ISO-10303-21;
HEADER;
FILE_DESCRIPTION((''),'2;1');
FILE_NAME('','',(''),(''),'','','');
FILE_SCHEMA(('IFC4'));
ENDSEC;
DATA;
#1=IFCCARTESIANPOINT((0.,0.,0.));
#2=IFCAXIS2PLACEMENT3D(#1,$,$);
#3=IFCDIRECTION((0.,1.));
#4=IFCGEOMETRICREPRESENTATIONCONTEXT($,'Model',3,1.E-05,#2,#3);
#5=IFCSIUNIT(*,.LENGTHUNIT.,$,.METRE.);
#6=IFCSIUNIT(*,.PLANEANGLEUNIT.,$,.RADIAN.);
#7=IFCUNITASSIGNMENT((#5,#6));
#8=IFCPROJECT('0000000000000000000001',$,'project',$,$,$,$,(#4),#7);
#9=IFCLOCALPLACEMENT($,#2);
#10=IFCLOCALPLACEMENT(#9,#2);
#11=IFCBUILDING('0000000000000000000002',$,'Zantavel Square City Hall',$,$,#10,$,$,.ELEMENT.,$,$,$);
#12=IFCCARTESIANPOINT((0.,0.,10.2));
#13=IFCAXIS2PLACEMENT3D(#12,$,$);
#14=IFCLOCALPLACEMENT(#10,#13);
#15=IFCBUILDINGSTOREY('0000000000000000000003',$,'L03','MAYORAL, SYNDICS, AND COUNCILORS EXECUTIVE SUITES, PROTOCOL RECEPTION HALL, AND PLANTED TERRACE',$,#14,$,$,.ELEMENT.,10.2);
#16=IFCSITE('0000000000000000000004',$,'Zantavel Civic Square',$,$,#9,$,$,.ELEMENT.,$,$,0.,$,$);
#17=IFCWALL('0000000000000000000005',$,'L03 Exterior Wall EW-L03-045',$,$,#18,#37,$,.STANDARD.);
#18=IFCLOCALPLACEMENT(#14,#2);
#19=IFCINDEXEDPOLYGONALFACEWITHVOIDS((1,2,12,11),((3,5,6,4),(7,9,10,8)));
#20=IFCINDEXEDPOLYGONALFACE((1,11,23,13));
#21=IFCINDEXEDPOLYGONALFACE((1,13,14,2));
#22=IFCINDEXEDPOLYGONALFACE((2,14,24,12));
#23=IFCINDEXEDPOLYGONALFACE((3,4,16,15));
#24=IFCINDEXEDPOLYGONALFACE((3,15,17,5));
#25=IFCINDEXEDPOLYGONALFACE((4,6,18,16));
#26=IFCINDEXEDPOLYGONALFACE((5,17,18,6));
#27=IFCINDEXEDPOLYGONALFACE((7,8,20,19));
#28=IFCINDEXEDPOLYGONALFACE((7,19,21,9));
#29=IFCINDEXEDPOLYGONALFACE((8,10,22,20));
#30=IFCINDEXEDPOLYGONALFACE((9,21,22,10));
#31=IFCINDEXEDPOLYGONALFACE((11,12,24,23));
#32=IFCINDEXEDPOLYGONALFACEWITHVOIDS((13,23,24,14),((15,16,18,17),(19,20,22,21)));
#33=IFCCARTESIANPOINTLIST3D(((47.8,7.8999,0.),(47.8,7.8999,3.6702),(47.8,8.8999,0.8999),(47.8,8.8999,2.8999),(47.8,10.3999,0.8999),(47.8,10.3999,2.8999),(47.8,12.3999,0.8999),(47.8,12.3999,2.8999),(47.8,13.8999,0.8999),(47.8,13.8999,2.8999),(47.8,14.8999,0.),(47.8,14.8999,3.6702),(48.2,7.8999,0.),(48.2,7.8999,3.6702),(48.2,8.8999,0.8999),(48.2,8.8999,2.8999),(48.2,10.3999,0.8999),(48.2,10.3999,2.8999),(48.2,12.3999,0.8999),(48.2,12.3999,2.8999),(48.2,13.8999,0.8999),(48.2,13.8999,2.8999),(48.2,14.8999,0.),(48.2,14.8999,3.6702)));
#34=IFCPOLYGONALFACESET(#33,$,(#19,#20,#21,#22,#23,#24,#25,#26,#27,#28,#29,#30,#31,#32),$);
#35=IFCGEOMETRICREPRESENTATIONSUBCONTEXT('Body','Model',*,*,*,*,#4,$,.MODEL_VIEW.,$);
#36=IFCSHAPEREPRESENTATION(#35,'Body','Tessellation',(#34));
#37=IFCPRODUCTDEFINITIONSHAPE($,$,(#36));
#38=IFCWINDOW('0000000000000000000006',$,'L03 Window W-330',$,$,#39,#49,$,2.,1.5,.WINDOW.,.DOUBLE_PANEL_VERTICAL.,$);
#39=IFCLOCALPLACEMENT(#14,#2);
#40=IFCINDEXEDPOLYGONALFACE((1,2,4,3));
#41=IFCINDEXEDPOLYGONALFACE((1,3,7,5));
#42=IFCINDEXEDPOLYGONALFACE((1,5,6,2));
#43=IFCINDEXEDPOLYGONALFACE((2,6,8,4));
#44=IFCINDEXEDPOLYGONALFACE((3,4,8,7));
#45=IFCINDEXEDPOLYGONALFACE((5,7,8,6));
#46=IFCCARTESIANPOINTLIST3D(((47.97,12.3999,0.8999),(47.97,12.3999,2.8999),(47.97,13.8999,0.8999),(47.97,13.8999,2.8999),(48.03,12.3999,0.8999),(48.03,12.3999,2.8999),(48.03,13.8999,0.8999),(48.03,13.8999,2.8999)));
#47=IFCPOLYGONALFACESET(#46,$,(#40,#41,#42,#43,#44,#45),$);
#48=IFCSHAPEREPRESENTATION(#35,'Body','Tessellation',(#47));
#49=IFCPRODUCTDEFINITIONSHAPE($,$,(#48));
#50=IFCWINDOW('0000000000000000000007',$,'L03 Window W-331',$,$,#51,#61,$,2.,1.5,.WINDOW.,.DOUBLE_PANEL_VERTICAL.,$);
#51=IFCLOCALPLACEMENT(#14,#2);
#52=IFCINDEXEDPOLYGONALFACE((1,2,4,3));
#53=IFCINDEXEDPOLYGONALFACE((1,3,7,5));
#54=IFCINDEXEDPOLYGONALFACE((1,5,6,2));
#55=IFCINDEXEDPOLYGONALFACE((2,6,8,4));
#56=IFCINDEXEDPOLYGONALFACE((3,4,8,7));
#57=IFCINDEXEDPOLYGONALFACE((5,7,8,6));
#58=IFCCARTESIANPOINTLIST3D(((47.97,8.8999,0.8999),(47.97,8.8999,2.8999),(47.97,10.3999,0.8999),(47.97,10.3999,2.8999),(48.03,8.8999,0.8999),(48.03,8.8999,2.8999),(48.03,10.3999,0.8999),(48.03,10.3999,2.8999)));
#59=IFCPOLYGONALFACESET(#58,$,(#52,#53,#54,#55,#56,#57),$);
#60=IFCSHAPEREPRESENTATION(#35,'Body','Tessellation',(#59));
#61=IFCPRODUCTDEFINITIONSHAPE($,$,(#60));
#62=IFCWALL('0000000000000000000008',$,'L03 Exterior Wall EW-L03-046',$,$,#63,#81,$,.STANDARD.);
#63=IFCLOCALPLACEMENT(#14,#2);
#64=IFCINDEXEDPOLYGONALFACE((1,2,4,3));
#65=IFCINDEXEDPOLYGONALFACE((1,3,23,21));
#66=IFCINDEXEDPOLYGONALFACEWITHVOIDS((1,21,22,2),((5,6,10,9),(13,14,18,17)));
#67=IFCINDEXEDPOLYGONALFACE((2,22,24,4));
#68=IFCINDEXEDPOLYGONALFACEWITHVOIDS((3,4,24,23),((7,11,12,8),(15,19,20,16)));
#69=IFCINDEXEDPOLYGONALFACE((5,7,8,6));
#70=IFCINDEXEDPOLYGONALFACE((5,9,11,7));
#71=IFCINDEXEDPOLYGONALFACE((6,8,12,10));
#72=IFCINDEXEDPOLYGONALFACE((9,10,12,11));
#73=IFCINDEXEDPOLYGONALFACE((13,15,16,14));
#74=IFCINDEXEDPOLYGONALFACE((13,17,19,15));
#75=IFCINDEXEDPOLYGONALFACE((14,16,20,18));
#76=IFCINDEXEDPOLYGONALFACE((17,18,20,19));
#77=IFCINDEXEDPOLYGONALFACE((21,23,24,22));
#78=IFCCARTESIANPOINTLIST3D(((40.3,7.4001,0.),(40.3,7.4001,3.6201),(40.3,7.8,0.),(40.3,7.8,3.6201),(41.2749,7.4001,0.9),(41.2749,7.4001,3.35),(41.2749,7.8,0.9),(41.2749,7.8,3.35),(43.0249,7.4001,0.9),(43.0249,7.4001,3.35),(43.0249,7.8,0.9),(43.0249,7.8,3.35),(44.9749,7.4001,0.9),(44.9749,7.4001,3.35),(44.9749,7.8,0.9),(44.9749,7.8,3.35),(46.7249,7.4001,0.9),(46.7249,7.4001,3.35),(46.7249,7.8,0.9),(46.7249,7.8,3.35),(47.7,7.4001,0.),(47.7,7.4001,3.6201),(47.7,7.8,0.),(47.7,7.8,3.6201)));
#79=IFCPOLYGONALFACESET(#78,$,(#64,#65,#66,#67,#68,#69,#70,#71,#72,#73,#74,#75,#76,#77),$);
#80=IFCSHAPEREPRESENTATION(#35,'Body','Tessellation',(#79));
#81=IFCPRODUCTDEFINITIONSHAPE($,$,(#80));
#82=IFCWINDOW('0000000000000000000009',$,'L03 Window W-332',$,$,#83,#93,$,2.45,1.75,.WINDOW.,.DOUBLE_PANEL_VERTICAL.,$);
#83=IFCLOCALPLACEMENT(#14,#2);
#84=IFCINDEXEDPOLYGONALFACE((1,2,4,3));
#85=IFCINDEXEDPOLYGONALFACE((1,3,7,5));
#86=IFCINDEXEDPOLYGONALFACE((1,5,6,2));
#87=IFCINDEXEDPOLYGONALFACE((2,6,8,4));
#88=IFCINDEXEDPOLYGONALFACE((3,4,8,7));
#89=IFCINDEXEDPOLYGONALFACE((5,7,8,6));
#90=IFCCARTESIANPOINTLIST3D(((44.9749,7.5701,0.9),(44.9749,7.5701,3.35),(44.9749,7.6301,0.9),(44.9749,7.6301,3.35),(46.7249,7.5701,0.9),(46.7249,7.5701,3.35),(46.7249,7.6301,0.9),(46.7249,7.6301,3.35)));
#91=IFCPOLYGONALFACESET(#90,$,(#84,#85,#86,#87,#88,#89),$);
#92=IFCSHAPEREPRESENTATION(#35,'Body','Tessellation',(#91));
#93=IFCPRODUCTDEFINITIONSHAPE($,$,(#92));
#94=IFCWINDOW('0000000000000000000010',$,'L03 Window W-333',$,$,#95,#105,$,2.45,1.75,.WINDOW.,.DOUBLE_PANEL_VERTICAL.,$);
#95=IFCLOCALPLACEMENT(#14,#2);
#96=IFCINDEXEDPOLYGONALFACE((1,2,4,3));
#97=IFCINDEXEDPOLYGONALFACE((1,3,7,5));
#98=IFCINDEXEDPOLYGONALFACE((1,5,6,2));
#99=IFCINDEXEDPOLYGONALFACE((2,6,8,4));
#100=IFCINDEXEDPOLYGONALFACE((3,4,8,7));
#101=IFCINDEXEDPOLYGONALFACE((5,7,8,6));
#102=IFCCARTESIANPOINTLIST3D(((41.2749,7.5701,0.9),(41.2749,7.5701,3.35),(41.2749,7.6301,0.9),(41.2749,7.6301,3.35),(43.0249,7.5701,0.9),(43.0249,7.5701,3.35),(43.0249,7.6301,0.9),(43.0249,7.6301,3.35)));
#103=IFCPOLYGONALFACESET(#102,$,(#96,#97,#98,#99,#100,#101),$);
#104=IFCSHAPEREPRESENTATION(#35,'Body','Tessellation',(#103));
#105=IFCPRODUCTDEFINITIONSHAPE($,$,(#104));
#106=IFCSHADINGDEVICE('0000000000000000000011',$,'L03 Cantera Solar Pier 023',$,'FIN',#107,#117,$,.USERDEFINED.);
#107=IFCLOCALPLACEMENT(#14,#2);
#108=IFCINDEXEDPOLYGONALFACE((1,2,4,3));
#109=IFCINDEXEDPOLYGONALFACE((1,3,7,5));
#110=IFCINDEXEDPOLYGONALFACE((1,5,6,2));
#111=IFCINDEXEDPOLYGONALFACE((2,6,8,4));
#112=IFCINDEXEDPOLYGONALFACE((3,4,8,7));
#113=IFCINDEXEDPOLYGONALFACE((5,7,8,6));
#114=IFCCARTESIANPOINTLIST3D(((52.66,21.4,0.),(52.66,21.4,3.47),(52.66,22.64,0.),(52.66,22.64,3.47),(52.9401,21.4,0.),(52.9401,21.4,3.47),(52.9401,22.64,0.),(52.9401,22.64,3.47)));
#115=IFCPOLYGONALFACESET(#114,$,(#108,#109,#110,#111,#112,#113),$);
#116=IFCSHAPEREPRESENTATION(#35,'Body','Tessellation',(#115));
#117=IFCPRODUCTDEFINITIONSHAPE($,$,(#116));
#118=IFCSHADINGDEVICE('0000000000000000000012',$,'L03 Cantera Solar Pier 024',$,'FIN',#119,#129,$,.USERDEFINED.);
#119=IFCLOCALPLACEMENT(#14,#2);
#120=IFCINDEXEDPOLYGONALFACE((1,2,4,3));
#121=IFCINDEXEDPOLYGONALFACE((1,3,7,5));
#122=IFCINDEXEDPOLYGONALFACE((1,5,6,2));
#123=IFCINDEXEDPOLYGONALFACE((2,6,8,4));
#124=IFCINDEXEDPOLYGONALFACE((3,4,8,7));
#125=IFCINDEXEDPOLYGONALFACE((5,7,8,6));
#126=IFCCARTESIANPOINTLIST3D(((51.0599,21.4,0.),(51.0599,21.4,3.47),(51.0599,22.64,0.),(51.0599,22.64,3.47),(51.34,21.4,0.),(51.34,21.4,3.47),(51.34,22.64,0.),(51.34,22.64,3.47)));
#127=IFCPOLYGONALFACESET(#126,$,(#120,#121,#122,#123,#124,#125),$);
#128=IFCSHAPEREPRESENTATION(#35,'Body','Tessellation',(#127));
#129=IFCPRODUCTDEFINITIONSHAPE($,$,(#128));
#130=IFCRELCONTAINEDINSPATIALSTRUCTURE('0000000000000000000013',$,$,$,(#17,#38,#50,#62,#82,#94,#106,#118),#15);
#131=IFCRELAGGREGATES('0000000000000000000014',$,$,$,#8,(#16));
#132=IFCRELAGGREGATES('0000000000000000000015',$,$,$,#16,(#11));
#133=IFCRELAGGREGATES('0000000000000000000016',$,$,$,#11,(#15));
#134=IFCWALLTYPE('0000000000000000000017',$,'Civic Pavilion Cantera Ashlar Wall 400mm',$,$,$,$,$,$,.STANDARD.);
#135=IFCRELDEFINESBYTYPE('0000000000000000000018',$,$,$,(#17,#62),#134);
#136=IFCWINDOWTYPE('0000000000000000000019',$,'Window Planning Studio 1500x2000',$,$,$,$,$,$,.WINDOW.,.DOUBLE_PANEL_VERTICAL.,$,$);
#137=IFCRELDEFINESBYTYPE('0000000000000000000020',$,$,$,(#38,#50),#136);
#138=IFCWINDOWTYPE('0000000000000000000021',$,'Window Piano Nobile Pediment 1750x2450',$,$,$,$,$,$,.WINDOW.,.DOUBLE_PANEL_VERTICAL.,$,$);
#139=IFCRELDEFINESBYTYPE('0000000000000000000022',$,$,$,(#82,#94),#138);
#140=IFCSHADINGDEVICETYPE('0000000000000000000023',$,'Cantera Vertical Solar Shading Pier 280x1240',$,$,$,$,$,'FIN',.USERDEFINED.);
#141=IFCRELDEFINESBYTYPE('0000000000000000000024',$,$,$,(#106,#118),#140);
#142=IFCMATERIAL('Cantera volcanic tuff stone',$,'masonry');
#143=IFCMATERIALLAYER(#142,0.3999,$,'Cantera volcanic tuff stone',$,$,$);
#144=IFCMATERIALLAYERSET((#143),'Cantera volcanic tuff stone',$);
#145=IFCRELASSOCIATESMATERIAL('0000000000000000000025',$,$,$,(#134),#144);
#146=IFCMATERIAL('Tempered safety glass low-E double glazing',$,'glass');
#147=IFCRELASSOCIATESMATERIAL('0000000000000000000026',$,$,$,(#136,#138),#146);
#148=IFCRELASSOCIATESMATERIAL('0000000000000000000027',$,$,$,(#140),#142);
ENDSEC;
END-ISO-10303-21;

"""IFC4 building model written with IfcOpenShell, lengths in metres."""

from ifc_helpers import new_model, si_unit, direction, frame, frame_2d, origin, origin_2d, place, context, subcontext, project, spatial, rectangle, extrude, material, layer, layer_set, type_object, element, fill, save


model = new_model("IFC4")

# Units and contexts
model_context = context("Model", 3, precision=1e-05, world=origin(), true_north=direction((0.0, 1.0)))
body_context = subcontext(model_context, "Body", "Model", "MODEL_VIEW")
ifc_project = project(units=[si_unit("LENGTHUNIT", "METRE"), si_unit("PLANEANGLEUNIT", "RADIAN")], contexts=[model_context])

# Site, building, storey
site_placement = place(None, origin())
site = spatial("IfcSite", under=ifc_project, at=site_placement, Name="Zantavel Civic Square", CompositionType="ELEMENT", RefElevation=0.0)
building_placement = place(site_placement, origin())
building = spatial("IfcBuilding", under=site, at=building_placement, Name="Zantavel Square City Hall", CompositionType="ELEMENT")
storey_placement = place(building_placement, frame((0.0, 0.0, 10.2)))
storey = spatial("IfcBuildingStorey", under=building, at=storey_placement, Name="L03", Description="MAYORAL, SYNDICS, AND COUNCILORS EXECUTIVE SUITES, PROTOCOL RECEPTION HALL, AND PLANTED TERRACE", CompositionType="ELEMENT", Elevation=10.2)

# Walls, openings, windows
ifc_material_1 = material(Name="Cantera volcanic tuff stone", Category="masonry")
ifc_layer = layer(ifc_material_1, 0.3999, Name="Cantera volcanic tuff stone")
ifc_layer_set = layer_set([ifc_layer], Name="Cantera volcanic tuff stone")
wall_type = type_object("IfcWallType", Name="Civic Pavilion Cantera Ashlar Wall 400mm", PredefinedType="STANDARD", material=ifc_layer_set)
ifc_material_2 = material(Name="Tempered safety glass low-E double glazing", Category="glass")
window_type_1 = type_object("IfcWindowType", Name="Window Planning Studio 1500x2000", PartitioningType="DOUBLE_PANEL_VERTICAL", PredefinedType="WINDOW", material=ifc_material_2)
wall_1_placement = place(storey_placement, frame((48.0, 14.8999, 0.0), z_axis=(0.0, 0.0, 1.0), x_axis=(0.0, -1.0, 0.0)))
wall_1 = element("IfcWall", 1, at=wall_1_placement, inside=storey, type_object=wall_type, Name="L03 Exterior Wall EW-L03-045", PredefinedType="STANDARD", context=body_context, shape_type="SweptSolid", body=[
    extrude(rectangle(XDim=7.0, YDim=0.3999, at=frame_2d((3.5, 0.0))), origin(), (0.0, 0.0, 1.0), 3.6702),
])
opening_1_placement = place(wall_1_placement, frame((1.0, 0.0, 0.8999)))
opening_1 = element("IfcOpeningElement", 2, at=opening_1_placement, cuts=wall_1, PredefinedType="OPENING", context=body_context, shape_type="SweptSolid", body=[
    extrude(rectangle(XDim=1.5, YDim=2.0, at=frame_2d((0.75, 1.0))), frame((0.0, 0.21, 0.0), z_axis=(0.0, -1.0, 0.0), x_axis=(1.0, 0.0, 0.0)), (0.0, 0.0, 1.0), 0.4199),
])
opening_2_placement = place(wall_1_placement, frame((4.5, 0.0, 0.8999)))
opening_2 = element("IfcOpeningElement", 3, at=opening_2_placement, cuts=wall_1, PredefinedType="OPENING", context=body_context, shape_type="SweptSolid", body=[
    extrude(rectangle(XDim=1.5, YDim=2.0, at=frame_2d((0.75, 1.0))), frame((0.0, 0.21, 0.0), z_axis=(0.0, -1.0, 0.0), x_axis=(1.0, 0.0, 0.0)), (0.0, 0.0, 1.0), 0.4199),
])
window_1_placement = place(opening_1_placement, origin())
window_1 = element("IfcWindow", 4, at=window_1_placement, inside=storey, type_object=window_type_1, Name="L03 Window W-330", OverallHeight=2.0, OverallWidth=1.5, PartitioningType="DOUBLE_PANEL_VERTICAL", PredefinedType="WINDOW", context=body_context, shape_type="SweptSolid", body=[
    extrude(rectangle(XDim=1.5, YDim=2.0, at=frame_2d((0.75, 1.0))), frame((0.0, 0.03, 0.0), z_axis=(0.0, -1.0, 0.0), x_axis=(1.0, 0.0, 0.0)), (0.0, 0.0, 1.0), 0.0601),
])
fill(opening_1, window_1)
window_2_placement = place(opening_2_placement, origin())
window_2 = element("IfcWindow", 5, at=window_2_placement, inside=storey, type_object=window_type_1, Name="L03 Window W-331", OverallHeight=2.0, OverallWidth=1.5, PartitioningType="DOUBLE_PANEL_VERTICAL", PredefinedType="WINDOW", context=body_context, shape_type="SweptSolid", body=[
    extrude(rectangle(XDim=1.5, YDim=2.0, at=frame_2d((0.75, 1.0))), frame((0.0, 0.03, 0.0), z_axis=(0.0, -1.0, 0.0), x_axis=(1.0, 0.0, 0.0)), (0.0, 0.0, 1.0), 0.0601),
])
fill(opening_2, window_2)
wall_2_placement = place(storey_placement, frame((47.7, 7.6001, 0.0), z_axis=(0.0, 0.0, 1.0), x_axis=(-1.0, 0.0, 0.0)))
wall_2 = element("IfcWall", 6, at=wall_2_placement, inside=storey, type_object=wall_type, Name="L03 Exterior Wall EW-L03-046", PredefinedType="STANDARD", context=body_context, shape_type="SweptSolid", body=[
    extrude(rectangle(XDim=7.3999, YDim=0.3999, at=frame_2d((3.7, 0.0))), origin(), (0.0, 0.0, 1.0), 3.6201),
])
opening_3_placement = place(wall_2_placement, frame((0.9751, 0.0, 0.8999)))
opening_3 = element("IfcOpeningElement", 7, at=opening_3_placement, cuts=wall_2, PredefinedType="OPENING", context=body_context, shape_type="SweptSolid", body=[
    extrude(rectangle(XDim=1.75, YDim=2.45, at=frame_2d((0.875, 1.2251))), frame((0.0, 0.21, 0.0), z_axis=(0.0, -1.0, 0.0), x_axis=(1.0, 0.0, 0.0)), (0.0, 0.0, 1.0), 0.4199),
])
opening_4_placement = place(wall_2_placement, frame((4.675, 0.0, 0.8999)))
opening_4 = element("IfcOpeningElement", 8, at=opening_4_placement, cuts=wall_2, PredefinedType="OPENING", context=body_context, shape_type="SweptSolid", body=[
    extrude(rectangle(XDim=1.75, YDim=2.45, at=frame_2d((0.875, 1.2251))), frame((0.0, 0.21, 0.0), z_axis=(0.0, -1.0, 0.0), x_axis=(1.0, 0.0, 0.0)), (0.0, 0.0, 1.0), 0.4199),
])
window_type_2 = type_object("IfcWindowType", Name="Window Piano Nobile Pediment 1750x2450", PartitioningType="DOUBLE_PANEL_VERTICAL", PredefinedType="WINDOW", material=ifc_material_2)
window_3_placement = place(opening_3_placement, origin())
window_3 = element("IfcWindow", 9, at=window_3_placement, inside=storey, type_object=window_type_2, Name="L03 Window W-332", OverallHeight=2.45, OverallWidth=1.75, PartitioningType="DOUBLE_PANEL_VERTICAL", PredefinedType="WINDOW", context=body_context, shape_type="SweptSolid", body=[
    extrude(rectangle(XDim=1.75, YDim=2.45, at=frame_2d((0.875, 1.2251))), frame((0.0, 0.03, 0.0), z_axis=(0.0, -1.0, 0.0), x_axis=(1.0, 0.0, 0.0)), (0.0, 0.0, 1.0), 0.0601),
])
fill(opening_3, window_3)
window_4_placement = place(opening_4_placement, origin())
window_4 = element("IfcWindow", 10, at=window_4_placement, inside=storey, type_object=window_type_2, Name="L03 Window W-333", OverallHeight=2.45, OverallWidth=1.75, PartitioningType="DOUBLE_PANEL_VERTICAL", PredefinedType="WINDOW", context=body_context, shape_type="SweptSolid", body=[
    extrude(rectangle(XDim=1.75, YDim=2.45, at=frame_2d((0.875, 1.2251))), frame((0.0, 0.03, 0.0), z_axis=(0.0, -1.0, 0.0), x_axis=(1.0, 0.0, 0.0)), (0.0, 0.0, 1.0), 0.0601),
])
fill(opening_4, window_4)

# Shading devices
shading_device_type = type_object("IfcShadingDeviceType", Name="Cantera Vertical Solar Shading Pier 280x1240", ElementType="FIN", PredefinedType="USERDEFINED", material=ifc_material_1)
for number, where, z_axis, x_axis, name in (
    (11, (52.8, 22.02, 0.0), (0.0, 0.0, 1.0), (1.0, 0.0, 0.0), "L03 Cantera Solar Pier 023"),
    (12, (51.2, 22.02, 0.0), (0.0, 0.0, 1.0), (1.0, 0.0, 0.0), "L03 Cantera Solar Pier 024"),
):
    element("IfcShadingDevice", number, at=place(storey_placement, frame(where, z_axis=z_axis, x_axis=x_axis)), inside=storey, type_object=shading_device_type, Name=name, ObjectType="FIN", PredefinedType="USERDEFINED", context=body_context, shape_type="SweptSolid", body=[
        extrude(rectangle(XDim=0.28, YDim=1.24, at=origin_2d()), origin(), (0.0, 0.0, 1.0), 3.47),
    ])

save(model, "model.ifc")
